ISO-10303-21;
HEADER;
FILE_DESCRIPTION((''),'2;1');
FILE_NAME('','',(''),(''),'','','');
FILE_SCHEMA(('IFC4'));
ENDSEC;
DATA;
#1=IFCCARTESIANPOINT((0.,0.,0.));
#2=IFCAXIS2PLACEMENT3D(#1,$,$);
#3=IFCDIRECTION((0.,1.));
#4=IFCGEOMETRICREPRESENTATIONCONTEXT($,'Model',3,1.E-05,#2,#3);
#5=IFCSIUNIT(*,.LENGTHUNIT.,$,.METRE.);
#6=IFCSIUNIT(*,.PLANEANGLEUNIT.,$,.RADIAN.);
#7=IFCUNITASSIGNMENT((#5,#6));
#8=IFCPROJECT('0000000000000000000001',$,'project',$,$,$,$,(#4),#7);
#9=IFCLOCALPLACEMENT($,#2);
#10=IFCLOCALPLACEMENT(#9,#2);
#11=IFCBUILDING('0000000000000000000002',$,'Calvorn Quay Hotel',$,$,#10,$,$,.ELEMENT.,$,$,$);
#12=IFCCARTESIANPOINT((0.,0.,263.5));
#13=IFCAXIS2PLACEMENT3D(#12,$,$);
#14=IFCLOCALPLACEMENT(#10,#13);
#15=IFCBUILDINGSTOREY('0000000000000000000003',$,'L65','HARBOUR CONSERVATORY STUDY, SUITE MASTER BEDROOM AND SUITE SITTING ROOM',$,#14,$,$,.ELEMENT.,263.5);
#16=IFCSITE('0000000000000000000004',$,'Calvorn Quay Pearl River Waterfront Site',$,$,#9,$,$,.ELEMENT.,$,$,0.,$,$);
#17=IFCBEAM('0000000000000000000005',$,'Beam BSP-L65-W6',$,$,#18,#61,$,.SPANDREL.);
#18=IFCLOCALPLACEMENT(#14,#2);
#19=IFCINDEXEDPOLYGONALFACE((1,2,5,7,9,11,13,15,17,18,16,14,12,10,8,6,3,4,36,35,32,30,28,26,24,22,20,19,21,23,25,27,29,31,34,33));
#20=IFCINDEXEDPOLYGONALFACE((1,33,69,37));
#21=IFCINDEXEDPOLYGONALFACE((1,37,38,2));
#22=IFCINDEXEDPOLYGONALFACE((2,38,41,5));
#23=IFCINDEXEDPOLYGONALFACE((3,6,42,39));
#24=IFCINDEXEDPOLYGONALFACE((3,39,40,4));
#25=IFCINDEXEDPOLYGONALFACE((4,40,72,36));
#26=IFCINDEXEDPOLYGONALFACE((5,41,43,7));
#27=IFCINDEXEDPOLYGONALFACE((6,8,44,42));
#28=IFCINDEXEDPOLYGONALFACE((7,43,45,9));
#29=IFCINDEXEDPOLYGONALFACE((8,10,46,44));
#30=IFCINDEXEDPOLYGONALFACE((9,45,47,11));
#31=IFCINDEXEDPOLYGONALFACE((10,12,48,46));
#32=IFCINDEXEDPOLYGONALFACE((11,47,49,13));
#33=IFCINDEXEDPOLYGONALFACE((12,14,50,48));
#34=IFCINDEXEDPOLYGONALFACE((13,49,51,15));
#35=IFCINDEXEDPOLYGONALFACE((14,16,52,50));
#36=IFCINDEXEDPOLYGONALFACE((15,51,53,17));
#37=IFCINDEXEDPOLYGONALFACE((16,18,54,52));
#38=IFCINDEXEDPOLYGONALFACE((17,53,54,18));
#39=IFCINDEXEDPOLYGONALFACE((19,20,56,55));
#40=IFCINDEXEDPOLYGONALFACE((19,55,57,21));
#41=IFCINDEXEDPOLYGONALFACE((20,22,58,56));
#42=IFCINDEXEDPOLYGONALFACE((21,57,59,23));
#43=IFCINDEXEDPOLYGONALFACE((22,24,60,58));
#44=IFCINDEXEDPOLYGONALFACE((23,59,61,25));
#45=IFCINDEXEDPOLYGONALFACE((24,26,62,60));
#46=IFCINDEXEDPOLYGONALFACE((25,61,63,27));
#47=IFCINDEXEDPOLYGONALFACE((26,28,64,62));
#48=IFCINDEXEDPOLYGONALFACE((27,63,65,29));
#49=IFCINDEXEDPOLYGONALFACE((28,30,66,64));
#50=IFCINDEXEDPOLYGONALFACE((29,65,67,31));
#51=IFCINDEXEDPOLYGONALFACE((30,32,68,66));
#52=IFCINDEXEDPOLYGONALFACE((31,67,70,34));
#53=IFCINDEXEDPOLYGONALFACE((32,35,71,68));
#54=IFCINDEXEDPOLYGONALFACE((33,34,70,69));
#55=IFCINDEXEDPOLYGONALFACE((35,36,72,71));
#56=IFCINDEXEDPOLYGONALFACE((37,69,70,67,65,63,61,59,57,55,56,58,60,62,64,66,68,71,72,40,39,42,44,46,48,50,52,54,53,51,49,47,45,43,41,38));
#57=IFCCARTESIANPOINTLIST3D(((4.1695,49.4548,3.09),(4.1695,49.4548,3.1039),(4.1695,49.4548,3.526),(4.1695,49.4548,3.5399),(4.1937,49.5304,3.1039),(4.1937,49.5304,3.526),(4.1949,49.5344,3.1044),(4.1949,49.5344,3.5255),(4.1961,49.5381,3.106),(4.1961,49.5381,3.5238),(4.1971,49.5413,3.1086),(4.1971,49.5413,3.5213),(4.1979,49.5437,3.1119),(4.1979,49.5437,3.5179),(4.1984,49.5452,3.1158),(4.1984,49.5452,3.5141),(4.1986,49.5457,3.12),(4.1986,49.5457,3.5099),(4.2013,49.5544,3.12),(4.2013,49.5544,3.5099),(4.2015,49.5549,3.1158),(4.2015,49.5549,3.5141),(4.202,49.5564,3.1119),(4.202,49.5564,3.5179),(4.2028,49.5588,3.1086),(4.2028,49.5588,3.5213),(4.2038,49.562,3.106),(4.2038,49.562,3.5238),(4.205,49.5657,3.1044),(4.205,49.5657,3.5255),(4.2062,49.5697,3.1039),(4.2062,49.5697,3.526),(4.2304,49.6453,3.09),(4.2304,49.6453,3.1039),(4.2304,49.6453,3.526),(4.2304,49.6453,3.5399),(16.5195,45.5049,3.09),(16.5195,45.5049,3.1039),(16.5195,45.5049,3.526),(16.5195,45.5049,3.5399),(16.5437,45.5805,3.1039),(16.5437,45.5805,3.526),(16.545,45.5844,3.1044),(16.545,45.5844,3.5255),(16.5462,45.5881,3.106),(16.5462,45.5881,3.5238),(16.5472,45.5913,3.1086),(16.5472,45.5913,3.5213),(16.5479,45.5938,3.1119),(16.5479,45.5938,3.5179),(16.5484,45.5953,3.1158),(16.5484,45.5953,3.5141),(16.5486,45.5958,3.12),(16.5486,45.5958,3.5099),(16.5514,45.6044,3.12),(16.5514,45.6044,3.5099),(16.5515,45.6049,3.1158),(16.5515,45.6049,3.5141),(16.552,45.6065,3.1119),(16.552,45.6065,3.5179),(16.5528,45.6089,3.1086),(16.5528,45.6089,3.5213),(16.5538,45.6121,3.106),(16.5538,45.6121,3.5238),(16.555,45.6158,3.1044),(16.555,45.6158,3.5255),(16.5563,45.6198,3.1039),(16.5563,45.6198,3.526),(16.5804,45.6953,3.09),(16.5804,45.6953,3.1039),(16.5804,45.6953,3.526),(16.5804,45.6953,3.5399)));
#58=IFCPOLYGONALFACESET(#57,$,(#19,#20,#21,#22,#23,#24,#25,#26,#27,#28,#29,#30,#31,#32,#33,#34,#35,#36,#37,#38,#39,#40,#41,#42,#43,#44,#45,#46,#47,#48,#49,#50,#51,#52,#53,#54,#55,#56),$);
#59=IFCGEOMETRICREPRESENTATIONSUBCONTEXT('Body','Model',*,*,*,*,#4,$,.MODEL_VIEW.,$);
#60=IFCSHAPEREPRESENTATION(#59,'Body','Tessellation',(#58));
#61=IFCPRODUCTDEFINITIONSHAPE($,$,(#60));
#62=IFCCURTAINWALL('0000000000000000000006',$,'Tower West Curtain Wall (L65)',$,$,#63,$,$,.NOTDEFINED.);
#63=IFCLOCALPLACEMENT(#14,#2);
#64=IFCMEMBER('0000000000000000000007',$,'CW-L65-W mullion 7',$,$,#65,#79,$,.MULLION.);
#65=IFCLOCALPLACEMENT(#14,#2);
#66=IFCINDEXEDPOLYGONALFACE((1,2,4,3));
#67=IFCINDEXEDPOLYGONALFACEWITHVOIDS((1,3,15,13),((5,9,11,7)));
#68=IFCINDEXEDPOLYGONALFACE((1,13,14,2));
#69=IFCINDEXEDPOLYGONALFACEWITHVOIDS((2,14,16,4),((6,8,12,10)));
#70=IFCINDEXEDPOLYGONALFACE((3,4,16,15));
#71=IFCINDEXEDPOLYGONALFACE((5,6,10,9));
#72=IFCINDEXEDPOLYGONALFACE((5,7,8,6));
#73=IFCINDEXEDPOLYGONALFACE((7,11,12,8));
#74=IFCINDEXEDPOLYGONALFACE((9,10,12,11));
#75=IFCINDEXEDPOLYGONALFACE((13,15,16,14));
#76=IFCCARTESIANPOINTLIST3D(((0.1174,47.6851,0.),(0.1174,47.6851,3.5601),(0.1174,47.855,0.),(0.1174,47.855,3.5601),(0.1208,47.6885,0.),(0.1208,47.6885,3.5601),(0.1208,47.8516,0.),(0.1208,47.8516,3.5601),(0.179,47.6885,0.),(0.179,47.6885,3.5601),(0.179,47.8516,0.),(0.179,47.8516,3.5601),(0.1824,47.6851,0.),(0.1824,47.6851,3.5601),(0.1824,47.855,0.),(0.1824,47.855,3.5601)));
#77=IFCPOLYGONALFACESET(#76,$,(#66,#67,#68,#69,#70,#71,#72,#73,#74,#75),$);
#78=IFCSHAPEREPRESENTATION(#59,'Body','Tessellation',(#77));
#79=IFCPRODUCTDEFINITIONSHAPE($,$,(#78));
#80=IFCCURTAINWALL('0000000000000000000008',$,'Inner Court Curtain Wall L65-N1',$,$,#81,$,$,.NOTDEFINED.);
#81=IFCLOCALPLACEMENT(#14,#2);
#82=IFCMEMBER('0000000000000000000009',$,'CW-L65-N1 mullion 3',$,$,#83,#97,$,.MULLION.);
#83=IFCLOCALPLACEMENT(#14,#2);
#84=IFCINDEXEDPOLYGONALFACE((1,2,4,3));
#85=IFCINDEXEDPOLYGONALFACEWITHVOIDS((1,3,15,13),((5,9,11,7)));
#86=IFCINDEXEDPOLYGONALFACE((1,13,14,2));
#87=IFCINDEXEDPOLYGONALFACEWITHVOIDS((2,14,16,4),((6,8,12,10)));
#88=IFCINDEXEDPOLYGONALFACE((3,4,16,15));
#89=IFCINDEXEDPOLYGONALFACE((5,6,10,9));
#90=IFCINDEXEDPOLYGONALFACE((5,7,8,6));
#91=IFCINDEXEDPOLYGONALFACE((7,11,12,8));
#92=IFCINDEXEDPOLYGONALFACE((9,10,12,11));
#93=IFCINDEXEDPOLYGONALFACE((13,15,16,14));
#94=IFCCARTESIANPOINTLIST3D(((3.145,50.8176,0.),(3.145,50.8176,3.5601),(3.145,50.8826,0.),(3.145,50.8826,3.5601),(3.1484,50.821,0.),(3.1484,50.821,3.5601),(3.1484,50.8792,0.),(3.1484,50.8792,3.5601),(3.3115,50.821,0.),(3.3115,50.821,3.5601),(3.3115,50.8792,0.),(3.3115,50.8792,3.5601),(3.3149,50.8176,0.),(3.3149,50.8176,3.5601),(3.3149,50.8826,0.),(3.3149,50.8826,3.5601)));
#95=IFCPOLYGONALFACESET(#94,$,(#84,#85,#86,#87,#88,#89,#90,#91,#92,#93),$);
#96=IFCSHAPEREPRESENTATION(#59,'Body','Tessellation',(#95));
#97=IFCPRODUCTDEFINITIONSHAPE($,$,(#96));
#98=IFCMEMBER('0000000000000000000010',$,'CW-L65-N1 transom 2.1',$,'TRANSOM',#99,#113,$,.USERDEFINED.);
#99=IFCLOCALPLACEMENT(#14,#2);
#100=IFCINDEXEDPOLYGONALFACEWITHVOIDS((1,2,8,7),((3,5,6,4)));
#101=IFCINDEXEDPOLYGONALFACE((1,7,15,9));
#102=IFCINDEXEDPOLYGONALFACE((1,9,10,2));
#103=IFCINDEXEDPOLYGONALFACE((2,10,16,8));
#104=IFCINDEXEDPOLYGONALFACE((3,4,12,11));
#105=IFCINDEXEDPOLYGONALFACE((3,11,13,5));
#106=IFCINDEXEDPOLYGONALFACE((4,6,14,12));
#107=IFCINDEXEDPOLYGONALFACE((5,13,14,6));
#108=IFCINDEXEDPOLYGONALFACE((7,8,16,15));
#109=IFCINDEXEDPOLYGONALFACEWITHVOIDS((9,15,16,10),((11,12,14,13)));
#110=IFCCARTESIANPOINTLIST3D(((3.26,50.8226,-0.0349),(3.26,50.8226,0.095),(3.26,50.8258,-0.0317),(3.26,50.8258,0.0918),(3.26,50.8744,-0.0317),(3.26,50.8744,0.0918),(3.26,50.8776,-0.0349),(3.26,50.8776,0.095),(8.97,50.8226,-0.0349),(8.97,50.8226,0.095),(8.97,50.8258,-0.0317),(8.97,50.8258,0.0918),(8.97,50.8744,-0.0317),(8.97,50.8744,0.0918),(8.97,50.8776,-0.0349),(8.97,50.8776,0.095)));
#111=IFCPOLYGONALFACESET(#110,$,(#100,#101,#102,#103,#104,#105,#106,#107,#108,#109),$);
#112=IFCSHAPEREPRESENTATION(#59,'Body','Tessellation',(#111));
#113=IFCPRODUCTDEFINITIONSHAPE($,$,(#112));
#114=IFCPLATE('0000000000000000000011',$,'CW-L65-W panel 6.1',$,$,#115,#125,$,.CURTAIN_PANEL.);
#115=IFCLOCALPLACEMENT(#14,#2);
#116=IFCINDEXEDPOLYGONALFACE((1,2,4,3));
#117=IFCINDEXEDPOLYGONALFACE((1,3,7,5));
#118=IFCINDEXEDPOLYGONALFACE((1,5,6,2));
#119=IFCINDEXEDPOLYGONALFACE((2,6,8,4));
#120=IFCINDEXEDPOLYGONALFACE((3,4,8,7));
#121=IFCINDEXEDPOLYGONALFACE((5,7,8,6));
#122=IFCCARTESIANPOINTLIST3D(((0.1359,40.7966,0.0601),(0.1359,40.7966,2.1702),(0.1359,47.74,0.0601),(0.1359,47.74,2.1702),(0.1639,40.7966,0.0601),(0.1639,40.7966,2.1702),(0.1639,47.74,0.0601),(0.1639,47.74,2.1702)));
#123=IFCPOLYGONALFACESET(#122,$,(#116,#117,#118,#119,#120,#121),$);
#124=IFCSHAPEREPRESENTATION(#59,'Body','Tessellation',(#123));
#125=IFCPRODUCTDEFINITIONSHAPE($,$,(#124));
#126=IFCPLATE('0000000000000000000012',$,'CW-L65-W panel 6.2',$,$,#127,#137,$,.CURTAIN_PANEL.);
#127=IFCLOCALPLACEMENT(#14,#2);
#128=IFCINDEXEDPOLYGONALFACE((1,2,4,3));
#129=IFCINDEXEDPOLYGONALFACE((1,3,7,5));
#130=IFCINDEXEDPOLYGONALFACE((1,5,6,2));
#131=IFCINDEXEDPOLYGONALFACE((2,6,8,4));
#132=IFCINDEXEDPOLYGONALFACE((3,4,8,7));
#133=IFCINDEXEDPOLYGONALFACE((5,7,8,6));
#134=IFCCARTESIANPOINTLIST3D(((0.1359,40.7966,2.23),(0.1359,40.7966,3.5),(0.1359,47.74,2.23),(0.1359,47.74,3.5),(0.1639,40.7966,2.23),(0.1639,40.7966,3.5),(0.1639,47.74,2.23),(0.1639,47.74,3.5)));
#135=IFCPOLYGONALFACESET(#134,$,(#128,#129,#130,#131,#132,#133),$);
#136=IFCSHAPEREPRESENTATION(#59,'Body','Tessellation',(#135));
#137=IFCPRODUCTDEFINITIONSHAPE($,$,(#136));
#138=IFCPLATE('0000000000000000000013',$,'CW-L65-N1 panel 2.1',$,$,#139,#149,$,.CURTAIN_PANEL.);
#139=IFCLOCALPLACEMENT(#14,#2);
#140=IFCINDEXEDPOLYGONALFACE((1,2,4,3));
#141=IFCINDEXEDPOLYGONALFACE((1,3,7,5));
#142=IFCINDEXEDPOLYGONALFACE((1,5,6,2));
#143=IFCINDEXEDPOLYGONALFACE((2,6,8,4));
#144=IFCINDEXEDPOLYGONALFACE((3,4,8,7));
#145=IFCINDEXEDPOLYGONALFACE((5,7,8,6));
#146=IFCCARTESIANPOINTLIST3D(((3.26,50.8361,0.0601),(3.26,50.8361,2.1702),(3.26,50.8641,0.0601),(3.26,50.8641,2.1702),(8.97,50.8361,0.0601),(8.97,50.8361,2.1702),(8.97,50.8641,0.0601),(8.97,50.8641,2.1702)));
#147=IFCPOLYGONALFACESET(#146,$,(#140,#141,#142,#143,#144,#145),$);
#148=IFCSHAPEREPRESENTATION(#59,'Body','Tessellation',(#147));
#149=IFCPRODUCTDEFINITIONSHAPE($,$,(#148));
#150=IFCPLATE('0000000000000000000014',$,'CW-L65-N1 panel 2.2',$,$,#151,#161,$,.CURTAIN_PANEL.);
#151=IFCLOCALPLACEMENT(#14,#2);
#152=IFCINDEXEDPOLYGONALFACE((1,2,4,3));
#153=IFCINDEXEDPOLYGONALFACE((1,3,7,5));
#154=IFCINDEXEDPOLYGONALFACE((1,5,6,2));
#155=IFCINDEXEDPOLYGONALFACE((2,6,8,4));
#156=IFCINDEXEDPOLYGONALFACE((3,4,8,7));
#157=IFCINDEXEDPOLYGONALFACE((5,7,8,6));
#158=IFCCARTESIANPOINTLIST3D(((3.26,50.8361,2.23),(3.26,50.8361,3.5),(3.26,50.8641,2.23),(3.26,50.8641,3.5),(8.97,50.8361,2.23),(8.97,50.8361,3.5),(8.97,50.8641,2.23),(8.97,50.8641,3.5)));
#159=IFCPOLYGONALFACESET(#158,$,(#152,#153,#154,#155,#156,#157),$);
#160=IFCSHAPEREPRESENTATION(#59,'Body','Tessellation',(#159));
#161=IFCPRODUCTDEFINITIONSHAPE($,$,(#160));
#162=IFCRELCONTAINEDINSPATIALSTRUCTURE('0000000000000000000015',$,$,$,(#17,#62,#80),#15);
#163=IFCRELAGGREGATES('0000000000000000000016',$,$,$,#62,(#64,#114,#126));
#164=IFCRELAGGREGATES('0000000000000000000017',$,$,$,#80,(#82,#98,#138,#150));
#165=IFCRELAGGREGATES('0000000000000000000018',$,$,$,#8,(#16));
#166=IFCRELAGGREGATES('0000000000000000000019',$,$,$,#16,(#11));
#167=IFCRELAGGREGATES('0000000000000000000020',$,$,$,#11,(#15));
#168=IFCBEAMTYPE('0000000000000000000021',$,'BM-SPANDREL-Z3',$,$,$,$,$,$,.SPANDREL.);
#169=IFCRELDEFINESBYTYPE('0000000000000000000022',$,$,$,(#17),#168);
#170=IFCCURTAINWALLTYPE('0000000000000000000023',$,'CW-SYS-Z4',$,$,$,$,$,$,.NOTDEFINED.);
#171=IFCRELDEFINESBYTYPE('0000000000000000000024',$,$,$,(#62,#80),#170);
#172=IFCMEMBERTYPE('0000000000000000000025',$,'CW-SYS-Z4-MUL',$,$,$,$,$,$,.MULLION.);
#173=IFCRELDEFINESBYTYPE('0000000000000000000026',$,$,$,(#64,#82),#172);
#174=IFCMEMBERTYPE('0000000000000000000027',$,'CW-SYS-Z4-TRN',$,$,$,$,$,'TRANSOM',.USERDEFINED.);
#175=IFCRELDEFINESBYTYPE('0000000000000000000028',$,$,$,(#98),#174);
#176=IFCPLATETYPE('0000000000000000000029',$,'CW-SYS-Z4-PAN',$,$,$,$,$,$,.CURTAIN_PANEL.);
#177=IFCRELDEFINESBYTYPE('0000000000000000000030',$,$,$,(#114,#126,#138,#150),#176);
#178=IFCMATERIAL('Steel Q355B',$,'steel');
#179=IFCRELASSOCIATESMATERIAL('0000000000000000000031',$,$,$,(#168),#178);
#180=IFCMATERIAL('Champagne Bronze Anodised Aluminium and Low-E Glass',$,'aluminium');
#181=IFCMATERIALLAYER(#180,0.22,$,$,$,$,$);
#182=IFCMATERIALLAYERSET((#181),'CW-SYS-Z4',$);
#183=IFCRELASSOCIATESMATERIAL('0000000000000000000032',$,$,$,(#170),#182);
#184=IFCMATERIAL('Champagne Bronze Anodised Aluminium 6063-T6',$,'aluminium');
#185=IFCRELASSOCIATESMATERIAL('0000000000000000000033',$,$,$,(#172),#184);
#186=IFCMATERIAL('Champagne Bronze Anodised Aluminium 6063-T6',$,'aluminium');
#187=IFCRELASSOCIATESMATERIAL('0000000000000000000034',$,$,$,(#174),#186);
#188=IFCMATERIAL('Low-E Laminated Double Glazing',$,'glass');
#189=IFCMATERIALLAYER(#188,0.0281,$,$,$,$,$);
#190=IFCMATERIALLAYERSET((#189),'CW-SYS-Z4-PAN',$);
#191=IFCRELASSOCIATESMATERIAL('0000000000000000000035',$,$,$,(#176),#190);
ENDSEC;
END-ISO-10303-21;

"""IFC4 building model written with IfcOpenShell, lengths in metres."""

from ifc_helpers import new_model, si_unit, direction, frame, origin, origin_2d, place, context, subcontext, project, spatial, rectangle, hollow_rectangle, i_section, extrude, material, layer, layer_set, material_profile, profile_set, type_object, element, aggregate, save


model = new_model("IFC4")

# Units and contexts
model_context = context("Model", 3, precision=1e-05, world=origin(), true_north=direction((0.0, 1.0)))
body_context = subcontext(model_context, "Body", "Model", "MODEL_VIEW")
ifc_project = project(units=[si_unit("LENGTHUNIT", "METRE"), si_unit("PLANEANGLEUNIT", "RADIAN")], contexts=[model_context])

# Site, building, storey
site_placement = place(None, origin())
site = spatial("IfcSite", under=ifc_project, at=site_placement, Name="Calvorn Quay Pearl River Waterfront Site", CompositionType="ELEMENT", RefElevation=0.0)
building_placement = place(site_placement, origin())
building = spatial("IfcBuilding", under=site, at=building_placement, Name="Calvorn Quay Hotel", CompositionType="ELEMENT")
storey_placement = place(building_placement, frame((0.0, 0.0, 263.5)))
storey = spatial("IfcBuildingStorey", under=building, at=storey_placement, Name="L65", Description="HARBOUR CONSERVATORY STUDY, SUITE MASTER BEDROOM AND SUITE SITTING ROOM", CompositionType="ELEMENT", Elevation=263.5)

# Beam
ifc_material_1 = material(Name="Steel Q355B", Category="steel")
ifc_material_profile_1 = material_profile(ifc_material_1, i_section(OverallWidth=0.2, OverallDepth=0.45, WebThickness=0.009, FlangeThickness=0.0139, FilletRadius=0.0161, at=origin_2d()), Name="HN450x200x9x14")
ifc_profile_set_1 = profile_set([ifc_material_profile_1], Name="Steel Q355B")
beam_type_1 = type_object("IfcBeamType", Name="BM-SPANDREL-Z3", PredefinedType="SPANDREL", material=ifc_profile_set_1)
beam_1_placement = place(storey_placement, frame((4.2, 49.55, 3.3149), z_axis=(0.952471, -0.30463, 0.0), x_axis=(0.30463, 0.952471, 0.0)))
element("IfcBeam", 1, at=beam_1_placement, inside=storey, type_object=beam_type_1, Name="Beam BSP-L65-W6", PredefinedType="SPANDREL", context=body_context, shape_type="SweptSolid", body=[
    extrude(i_section(OverallWidth=0.2, OverallDepth=0.45, WebThickness=0.009, FlangeThickness=0.0139, FilletRadius=0.0161, at=origin_2d()), origin(), (0.0, 0.0, 1.0), 12.9663),
])

# Curtain wall, member
ifc_material_2 = material(Name="Champagne Bronze Anodised Aluminium and Low-E Glass", Category="aluminium")
ifc_layer_1 = layer(ifc_material_2, 0.22)
ifc_layer_set_1 = layer_set([ifc_layer_1], Name="CW-SYS-Z4")
curtain_wall_type = type_object("IfcCurtainWallType", Name="CW-SYS-Z4", PredefinedType="NOTDEFINED", material=ifc_layer_set_1)
curtain_wall_1_placement = place(storey_placement, origin())
curtain_wall_1 = element("IfcCurtainWall", 2, at=curtain_wall_1_placement, inside=storey, type_object=curtain_wall_type, Name="Tower West Curtain Wall (L65)", PredefinedType="NOTDEFINED")
ifc_material_3 = material(Name="Champagne Bronze Anodised Aluminium 6063-T6", Category="aluminium")
ifc_material_profile_2 = material_profile(ifc_material_3, hollow_rectangle(XDim=0.0649, YDim=0.1699, WallThickness=0.0034, at=origin_2d()), Name="ALU-M170x65x3.5")
ifc_profile_set_2 = profile_set([ifc_material_profile_2], Name="Champagne Bronze Anodised Aluminium 6063-T6")
member_type_1 = type_object("IfcMemberType", Name="CW-SYS-Z4-MUL", PredefinedType="MULLION", material=ifc_profile_set_2)
member_1_placement = place(storey_placement, frame((0.1499, 47.77, 0.0), z_axis=(0.0, 0.0, 1.0), x_axis=(-1.0, 0.0, 0.0)))
member_1 = element("IfcMember", 3, at=member_1_placement, type_object=member_type_1, Name="CW-L65-W mullion 7", PredefinedType="MULLION", context=body_context, shape_type="SweptSolid", body=[
    extrude(hollow_rectangle(XDim=0.0649, YDim=0.1699, WallThickness=0.0034, at=origin_2d()), origin(), (0.0, 0.0, 1.0), 3.5601),
])

# Curtain wall, members
curtain_wall_2_placement = place(storey_placement, origin())
curtain_wall_2 = element("IfcCurtainWall", 4, at=curtain_wall_2_placement, inside=storey, type_object=curtain_wall_type, Name="Inner Court Curtain Wall L65-N1", PredefinedType="NOTDEFINED")
member_2_placement = place(storey_placement, frame((3.23, 50.8501, 0.0), z_axis=(0.0, 0.0, 1.0), x_axis=(0.0, -1.0, 0.0)))
member_2 = element("IfcMember", 5, at=member_2_placement, type_object=member_type_1, Name="CW-L65-N1 mullion 3", PredefinedType="MULLION", context=body_context, shape_type="SweptSolid", body=[
    extrude(hollow_rectangle(XDim=0.0649, YDim=0.1699, WallThickness=0.0034, at=origin_2d()), origin(), (0.0, 0.0, 1.0), 3.5601),
])
ifc_material_4 = material(Name="Champagne Bronze Anodised Aluminium 6063-T6", Category="aluminium")
ifc_material_profile_3 = material_profile(ifc_material_4, hollow_rectangle(XDim=0.0549, YDim=0.1299, WallThickness=0.0032, at=origin_2d()), Name="ALU-T130x55x3.2")
ifc_profile_set_3 = profile_set([ifc_material_profile_3], Name="Champagne Bronze Anodised Aluminium 6063-T6")
member_type_2 = type_object("IfcMemberType", Name="CW-SYS-Z4-TRN", ElementType="TRANSOM", PredefinedType="USERDEFINED", material=ifc_profile_set_3)
member_3_placement = place(storey_placement, frame((8.97, 50.8501, 0.03), z_axis=(-1.0, 0.0, 0.0), x_axis=(0.0, -1.0, 0.0)))
member_3 = element("IfcMember", 6, at=member_3_placement, type_object=member_type_2, Name="CW-L65-N1 transom 2.1", ObjectType="TRANSOM", PredefinedType="USERDEFINED", context=body_context, shape_type="SweptSolid", body=[
    extrude(hollow_rectangle(XDim=0.0549, YDim=0.1299, WallThickness=0.0032, at=origin_2d()), origin(), (0.0, 0.0, 1.0), 5.71),
])

# Plates
ifc_material_5 = material(Name="Low-E Laminated Double Glazing", Category="glass")
ifc_layer_2 = layer(ifc_material_5, 0.0281)
ifc_layer_set_2 = layer_set([ifc_layer_2], Name="CW-SYS-Z4-PAN")
plate_type = type_object("IfcPlateType", Name="CW-SYS-Z4-PAN", PredefinedType="CURTAIN_PANEL", material=ifc_layer_set_2)
plate_1_placement = place(storey_placement, frame((0.1499, 44.2683, 0.0601), z_axis=(0.0, 0.0, 1.0), x_axis=(0.0, 1.0, 0.0)))
plate_1 = element("IfcPlate", 7, at=plate_1_placement, type_object=plate_type, Name="CW-L65-W panel 6.1", PredefinedType="CURTAIN_PANEL", context=body_context, shape_type="SweptSolid", body=[
    extrude(rectangle(XDim=6.9434, YDim=0.0281, at=origin_2d()), origin(), (0.0, 0.0, 1.0), 2.1101),
])
plate_2_placement = place(storey_placement, frame((0.1499, 44.2683, 2.23), z_axis=(0.0, 0.0, 1.0), x_axis=(0.0, 1.0, 0.0)))
plate_2 = element("IfcPlate", 8, at=plate_2_placement, type_object=plate_type, Name="CW-L65-W panel 6.2", PredefinedType="CURTAIN_PANEL", context=body_context, shape_type="SweptSolid", body=[
    extrude(rectangle(XDim=6.9434, YDim=0.0281, at=origin_2d()), origin(), (0.0, 0.0, 1.0), 1.27),
])
aggregate(curtain_wall_1, [member_1, plate_1, plate_2])
plate_3_placement = place(storey_placement, frame((6.115, 50.8501, 0.0601), z_axis=(0.0, 0.0, 1.0), x_axis=(-1.0, 0.0, 0.0)))
plate_3 = element("IfcPlate", 9, at=plate_3_placement, type_object=plate_type, Name="CW-L65-N1 panel 2.1", PredefinedType="CURTAIN_PANEL", context=body_context, shape_type="SweptSolid", body=[
    extrude(rectangle(XDim=5.71, YDim=0.0281, at=origin_2d()), origin(), (0.0, 0.0, 1.0), 2.1101),
])
plate_4_placement = place(storey_placement, frame((6.115, 50.8501, 2.23), z_axis=(0.0, 0.0, 1.0), x_axis=(-1.0, 0.0, 0.0)))
plate_4 = element("IfcPlate", 10, at=plate_4_placement, type_object=plate_type, Name="CW-L65-N1 panel 2.2", PredefinedType="CURTAIN_PANEL", context=body_context, shape_type="SweptSolid", body=[
    extrude(rectangle(XDim=5.71, YDim=0.0281, at=origin_2d()), origin(), (0.0, 0.0, 1.0), 1.27),
])
aggregate(curtain_wall_2, [member_2, member_3, plate_3, plate_4])

save(model, "model.ifc")
